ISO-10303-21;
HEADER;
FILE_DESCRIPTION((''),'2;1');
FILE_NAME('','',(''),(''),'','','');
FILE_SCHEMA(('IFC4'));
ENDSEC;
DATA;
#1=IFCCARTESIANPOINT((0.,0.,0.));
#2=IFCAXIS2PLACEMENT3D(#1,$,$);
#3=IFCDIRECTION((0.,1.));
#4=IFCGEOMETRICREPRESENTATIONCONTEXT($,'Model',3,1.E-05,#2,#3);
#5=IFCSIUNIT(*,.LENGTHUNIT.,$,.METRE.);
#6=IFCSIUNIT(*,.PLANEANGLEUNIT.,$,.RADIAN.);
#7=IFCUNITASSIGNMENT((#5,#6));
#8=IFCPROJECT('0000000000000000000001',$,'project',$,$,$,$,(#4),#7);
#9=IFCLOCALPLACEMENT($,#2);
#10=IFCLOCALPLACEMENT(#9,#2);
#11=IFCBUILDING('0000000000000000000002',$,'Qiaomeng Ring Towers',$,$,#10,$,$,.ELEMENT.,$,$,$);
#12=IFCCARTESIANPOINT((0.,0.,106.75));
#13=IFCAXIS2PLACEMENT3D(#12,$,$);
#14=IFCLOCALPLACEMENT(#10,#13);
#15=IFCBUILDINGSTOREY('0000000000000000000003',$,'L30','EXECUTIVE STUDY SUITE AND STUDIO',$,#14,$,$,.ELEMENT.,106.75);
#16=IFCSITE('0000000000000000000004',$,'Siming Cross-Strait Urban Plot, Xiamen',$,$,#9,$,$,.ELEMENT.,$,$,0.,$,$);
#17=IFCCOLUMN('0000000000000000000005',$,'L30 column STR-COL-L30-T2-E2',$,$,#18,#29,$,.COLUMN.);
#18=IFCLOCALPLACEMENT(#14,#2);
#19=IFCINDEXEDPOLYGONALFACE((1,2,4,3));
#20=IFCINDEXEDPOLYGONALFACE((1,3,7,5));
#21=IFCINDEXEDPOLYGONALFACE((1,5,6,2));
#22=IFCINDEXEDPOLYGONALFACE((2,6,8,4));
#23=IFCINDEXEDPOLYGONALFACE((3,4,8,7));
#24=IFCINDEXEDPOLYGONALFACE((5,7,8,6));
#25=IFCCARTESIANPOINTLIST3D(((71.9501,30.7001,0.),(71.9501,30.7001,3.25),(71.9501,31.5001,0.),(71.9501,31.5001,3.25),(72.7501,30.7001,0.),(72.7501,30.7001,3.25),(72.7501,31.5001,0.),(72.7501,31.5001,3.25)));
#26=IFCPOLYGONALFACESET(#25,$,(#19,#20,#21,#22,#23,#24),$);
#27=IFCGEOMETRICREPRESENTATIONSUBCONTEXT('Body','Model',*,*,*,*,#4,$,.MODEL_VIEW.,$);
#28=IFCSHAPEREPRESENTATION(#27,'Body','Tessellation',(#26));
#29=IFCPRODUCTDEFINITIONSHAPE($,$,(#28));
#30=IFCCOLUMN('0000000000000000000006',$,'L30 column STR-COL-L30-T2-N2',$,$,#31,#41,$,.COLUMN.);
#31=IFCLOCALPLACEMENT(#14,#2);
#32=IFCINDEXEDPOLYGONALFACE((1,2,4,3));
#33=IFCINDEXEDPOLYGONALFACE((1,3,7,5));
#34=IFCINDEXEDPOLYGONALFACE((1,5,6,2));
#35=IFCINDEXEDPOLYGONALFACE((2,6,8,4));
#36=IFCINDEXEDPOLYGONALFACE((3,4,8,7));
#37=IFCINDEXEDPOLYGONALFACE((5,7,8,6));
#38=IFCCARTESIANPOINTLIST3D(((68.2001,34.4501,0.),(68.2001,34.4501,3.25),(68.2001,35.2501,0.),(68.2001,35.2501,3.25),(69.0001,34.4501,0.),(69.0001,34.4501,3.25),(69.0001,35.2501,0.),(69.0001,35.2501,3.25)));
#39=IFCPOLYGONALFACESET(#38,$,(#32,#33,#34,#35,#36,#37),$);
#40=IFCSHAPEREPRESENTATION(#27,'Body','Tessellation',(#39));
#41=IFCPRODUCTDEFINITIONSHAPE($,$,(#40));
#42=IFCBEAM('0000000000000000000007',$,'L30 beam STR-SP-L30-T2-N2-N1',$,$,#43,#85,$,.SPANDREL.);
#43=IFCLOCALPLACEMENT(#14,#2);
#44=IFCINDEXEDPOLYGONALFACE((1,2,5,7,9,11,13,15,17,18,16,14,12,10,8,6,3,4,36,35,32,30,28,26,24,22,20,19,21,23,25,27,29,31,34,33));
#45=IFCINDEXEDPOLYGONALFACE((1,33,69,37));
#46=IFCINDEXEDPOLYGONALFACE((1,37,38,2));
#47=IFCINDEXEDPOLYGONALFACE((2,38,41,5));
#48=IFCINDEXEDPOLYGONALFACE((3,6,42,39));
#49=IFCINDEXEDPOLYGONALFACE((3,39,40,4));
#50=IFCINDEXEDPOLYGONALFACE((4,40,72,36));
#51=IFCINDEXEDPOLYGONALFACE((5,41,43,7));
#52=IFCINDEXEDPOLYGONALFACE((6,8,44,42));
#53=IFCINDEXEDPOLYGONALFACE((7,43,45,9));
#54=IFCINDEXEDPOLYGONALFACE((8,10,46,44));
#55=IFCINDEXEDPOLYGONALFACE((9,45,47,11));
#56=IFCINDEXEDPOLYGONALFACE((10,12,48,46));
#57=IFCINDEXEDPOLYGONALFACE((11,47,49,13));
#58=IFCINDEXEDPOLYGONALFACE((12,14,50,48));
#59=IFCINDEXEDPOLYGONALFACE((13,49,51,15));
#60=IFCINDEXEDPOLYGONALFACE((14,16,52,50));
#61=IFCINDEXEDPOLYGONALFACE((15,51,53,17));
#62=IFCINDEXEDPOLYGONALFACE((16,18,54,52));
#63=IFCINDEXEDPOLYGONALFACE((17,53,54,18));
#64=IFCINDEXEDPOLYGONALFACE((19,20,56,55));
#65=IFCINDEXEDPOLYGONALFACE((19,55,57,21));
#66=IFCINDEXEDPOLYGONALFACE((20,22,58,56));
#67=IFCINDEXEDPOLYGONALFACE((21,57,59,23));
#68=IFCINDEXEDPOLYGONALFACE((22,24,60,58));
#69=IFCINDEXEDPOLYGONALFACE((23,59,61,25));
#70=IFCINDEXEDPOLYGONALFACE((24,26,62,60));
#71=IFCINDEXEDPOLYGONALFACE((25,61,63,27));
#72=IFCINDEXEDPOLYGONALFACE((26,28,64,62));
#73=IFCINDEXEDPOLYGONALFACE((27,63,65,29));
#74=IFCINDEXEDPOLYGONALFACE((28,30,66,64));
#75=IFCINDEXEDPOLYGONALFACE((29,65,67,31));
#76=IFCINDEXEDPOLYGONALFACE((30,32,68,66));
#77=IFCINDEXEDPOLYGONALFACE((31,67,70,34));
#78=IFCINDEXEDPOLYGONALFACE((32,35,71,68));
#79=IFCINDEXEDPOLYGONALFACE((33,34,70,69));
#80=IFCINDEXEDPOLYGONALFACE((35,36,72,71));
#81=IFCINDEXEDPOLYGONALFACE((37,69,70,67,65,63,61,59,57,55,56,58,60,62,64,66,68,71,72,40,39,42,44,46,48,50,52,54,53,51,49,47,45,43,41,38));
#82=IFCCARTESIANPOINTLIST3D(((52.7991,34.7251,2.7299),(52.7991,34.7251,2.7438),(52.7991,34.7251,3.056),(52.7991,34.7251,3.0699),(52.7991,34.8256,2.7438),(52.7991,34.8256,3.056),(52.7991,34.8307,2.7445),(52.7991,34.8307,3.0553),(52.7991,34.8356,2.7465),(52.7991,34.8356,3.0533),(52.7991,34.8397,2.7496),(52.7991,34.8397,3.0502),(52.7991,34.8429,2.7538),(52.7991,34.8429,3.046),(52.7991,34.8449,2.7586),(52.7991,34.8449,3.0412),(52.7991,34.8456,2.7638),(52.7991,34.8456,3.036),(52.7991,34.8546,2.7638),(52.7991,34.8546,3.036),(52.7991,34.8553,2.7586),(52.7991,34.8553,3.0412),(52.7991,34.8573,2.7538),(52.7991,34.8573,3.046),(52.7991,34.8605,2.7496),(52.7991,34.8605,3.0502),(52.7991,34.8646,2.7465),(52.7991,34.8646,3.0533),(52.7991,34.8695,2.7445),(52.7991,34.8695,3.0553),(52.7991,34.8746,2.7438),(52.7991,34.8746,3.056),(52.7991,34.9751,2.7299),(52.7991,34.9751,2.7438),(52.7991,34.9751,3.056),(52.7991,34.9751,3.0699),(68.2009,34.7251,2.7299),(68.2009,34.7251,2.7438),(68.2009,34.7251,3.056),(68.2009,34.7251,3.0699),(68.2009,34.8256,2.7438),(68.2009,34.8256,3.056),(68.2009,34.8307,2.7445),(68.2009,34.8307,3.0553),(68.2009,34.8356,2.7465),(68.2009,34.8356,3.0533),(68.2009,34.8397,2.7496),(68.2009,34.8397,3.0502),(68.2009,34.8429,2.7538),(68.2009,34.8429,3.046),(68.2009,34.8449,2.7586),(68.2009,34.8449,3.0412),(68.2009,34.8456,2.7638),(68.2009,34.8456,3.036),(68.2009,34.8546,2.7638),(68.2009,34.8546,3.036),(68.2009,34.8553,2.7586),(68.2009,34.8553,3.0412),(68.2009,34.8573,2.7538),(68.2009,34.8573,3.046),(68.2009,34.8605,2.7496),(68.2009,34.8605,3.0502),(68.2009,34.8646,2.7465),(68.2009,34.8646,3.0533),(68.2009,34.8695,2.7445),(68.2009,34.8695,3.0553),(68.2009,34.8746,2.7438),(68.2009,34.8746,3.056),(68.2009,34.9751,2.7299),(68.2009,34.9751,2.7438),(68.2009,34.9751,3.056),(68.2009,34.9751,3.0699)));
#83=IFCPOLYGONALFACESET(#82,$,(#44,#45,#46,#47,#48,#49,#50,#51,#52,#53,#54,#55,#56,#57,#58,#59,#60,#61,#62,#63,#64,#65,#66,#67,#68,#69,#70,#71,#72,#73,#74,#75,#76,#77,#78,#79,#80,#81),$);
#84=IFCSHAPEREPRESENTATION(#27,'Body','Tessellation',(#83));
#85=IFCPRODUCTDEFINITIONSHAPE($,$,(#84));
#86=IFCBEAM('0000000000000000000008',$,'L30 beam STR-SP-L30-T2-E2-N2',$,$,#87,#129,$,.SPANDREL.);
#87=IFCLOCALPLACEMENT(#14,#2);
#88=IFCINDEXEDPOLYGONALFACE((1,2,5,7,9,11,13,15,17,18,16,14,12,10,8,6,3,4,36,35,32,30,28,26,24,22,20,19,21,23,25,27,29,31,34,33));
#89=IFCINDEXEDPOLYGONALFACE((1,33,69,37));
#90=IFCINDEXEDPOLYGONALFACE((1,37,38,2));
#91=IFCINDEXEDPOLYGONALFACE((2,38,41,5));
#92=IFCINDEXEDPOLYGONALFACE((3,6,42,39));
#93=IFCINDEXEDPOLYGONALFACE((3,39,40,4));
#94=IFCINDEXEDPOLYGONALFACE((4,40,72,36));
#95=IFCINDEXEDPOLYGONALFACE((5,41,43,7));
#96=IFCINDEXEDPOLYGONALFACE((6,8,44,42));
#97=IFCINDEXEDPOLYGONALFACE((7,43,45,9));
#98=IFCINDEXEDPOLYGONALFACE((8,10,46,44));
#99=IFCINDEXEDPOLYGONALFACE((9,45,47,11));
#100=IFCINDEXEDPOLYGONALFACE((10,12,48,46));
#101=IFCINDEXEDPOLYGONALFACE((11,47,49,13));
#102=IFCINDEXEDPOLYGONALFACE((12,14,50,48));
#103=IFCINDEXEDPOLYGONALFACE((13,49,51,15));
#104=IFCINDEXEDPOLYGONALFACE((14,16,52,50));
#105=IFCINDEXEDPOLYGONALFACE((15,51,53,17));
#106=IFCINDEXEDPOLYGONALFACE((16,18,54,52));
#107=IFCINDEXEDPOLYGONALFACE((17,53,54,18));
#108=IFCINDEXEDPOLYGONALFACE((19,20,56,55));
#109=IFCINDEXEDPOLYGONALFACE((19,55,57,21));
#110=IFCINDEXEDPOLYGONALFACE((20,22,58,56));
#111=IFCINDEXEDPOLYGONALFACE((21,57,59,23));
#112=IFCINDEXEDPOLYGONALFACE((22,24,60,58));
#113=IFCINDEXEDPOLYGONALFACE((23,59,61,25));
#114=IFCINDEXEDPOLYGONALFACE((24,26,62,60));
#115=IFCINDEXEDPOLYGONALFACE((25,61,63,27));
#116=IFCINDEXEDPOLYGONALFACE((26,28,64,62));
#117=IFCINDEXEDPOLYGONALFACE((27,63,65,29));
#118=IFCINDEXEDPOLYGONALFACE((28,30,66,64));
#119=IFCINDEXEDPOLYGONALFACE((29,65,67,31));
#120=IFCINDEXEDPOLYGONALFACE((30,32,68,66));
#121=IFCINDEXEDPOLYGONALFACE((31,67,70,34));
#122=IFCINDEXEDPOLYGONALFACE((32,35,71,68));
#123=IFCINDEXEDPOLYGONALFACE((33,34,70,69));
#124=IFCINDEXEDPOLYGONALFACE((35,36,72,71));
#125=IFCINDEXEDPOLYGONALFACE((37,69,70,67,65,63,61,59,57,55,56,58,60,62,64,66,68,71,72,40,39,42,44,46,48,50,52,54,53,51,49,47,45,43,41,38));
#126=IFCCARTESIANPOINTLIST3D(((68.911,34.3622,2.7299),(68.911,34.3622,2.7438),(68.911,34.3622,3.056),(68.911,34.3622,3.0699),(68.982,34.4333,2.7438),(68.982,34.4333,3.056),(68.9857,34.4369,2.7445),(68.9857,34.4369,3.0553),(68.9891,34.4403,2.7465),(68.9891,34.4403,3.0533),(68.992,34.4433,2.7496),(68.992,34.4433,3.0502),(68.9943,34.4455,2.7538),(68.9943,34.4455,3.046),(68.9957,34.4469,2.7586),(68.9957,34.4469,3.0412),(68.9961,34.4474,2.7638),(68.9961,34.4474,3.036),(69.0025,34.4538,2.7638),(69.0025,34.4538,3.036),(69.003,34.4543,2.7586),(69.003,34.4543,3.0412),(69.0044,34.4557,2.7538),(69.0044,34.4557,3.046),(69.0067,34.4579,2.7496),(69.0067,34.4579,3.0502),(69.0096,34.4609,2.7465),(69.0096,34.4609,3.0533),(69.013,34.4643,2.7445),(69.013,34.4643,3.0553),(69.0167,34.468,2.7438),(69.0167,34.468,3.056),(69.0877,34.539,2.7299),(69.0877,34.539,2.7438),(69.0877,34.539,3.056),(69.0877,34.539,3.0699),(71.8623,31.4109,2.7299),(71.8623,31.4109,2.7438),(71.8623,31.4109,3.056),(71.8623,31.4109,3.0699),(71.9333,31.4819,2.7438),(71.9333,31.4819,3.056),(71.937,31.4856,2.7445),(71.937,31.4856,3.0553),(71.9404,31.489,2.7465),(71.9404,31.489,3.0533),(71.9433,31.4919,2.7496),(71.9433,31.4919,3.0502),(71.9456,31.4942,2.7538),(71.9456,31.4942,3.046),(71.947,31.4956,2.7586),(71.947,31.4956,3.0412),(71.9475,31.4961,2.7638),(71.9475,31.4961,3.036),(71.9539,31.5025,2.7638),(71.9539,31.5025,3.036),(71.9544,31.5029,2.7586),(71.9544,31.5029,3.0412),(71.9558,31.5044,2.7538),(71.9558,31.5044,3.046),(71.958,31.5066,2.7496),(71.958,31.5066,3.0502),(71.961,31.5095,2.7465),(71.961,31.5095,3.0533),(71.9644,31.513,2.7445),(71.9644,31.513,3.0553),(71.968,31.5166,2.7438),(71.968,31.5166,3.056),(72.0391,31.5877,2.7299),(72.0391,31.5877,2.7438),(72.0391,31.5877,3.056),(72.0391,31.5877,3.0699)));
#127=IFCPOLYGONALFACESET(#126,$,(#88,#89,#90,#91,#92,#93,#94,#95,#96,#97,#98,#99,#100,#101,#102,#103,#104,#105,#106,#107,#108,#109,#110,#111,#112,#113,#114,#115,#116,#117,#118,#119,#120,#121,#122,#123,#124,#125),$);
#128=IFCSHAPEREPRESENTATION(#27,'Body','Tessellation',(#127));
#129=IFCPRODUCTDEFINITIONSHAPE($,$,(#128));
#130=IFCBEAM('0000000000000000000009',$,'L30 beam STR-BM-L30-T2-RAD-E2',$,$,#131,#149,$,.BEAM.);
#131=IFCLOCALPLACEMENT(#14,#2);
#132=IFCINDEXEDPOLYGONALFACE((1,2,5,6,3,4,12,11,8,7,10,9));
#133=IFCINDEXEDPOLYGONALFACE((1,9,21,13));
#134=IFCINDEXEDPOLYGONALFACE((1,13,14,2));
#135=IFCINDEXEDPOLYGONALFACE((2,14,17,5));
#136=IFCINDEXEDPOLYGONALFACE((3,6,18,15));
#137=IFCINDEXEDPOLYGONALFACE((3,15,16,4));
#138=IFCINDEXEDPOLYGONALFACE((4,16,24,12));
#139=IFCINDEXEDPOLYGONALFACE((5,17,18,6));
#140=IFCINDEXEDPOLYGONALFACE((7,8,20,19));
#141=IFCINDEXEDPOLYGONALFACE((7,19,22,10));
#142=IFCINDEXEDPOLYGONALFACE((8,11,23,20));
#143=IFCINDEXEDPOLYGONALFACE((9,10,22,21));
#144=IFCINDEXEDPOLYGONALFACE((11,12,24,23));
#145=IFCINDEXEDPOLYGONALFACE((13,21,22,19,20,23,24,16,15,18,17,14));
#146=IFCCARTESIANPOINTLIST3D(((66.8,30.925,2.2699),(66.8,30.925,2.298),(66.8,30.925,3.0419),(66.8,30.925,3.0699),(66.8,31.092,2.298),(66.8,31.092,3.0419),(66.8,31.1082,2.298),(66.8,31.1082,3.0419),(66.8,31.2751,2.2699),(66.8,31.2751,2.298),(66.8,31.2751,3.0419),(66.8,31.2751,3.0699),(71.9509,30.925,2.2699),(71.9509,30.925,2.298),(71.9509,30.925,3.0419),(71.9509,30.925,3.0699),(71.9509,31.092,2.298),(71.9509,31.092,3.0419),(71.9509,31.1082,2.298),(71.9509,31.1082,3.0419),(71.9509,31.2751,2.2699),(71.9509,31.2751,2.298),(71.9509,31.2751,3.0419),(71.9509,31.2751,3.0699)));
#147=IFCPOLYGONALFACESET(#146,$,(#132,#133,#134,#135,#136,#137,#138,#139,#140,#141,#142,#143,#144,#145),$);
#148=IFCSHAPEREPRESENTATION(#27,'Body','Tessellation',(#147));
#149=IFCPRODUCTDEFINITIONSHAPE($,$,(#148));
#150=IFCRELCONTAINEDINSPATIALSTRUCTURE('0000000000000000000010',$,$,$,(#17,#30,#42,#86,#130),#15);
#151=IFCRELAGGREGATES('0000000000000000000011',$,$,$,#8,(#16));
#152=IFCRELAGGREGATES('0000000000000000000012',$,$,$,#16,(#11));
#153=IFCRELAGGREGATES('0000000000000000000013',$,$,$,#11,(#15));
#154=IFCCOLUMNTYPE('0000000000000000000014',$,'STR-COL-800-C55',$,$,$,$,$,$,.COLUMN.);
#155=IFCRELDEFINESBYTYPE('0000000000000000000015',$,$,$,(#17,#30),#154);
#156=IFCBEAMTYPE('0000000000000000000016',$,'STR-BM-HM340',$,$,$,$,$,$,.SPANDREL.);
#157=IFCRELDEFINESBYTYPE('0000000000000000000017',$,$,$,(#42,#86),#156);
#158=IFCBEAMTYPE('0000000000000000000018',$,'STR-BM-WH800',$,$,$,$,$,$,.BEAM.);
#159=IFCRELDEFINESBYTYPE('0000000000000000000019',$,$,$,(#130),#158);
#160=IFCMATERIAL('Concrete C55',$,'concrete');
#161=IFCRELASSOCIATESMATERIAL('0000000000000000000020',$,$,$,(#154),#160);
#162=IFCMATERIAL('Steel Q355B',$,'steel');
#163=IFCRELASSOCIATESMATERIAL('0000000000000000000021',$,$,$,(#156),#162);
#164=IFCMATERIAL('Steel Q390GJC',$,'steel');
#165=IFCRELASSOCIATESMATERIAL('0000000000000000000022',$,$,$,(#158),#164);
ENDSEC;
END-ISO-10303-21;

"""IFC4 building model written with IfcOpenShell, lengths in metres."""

from ifc_helpers import new_model, si_unit, direction, frame, origin, origin_2d, place, context, subcontext, project, spatial, rectangle, i_section, extrude, source, transform, mapped, material, material_profile, profile_set, type_object, element, save


model = new_model("IFC4")

# Units and contexts
model_context = context("Model", 3, precision=1e-05, world=origin(), true_north=direction((0.0, 1.0)))
body_context = subcontext(model_context, "Body", "Model", "MODEL_VIEW")
ifc_project = project(units=[si_unit("LENGTHUNIT", "METRE"), si_unit("PLANEANGLEUNIT", "RADIAN")], contexts=[model_context])

# Site, building, storey
site_placement = place(None, origin())
site = spatial("IfcSite", under=ifc_project, at=site_placement, Name="Siming Cross-Strait Urban Plot, Xiamen", CompositionType="ELEMENT", RefElevation=0.0)
building_placement = place(site_placement, origin())
building = spatial("IfcBuilding", under=site, at=building_placement, Name="Qiaomeng Ring Towers", CompositionType="ELEMENT")
storey_placement = place(building_placement, frame((0.0, 0.0, 106.75)))
storey = spatial("IfcBuildingStorey", under=building, at=storey_placement, Name="L30", Description="EXECUTIVE STUDY SUITE AND STUDIO", CompositionType="ELEMENT", Elevation=106.75)

# Columns
ifc_material_1 = material(Name="Concrete C55", Category="concrete")
ifc_material_profile_1 = material_profile(ifc_material_1, rectangle(XDim=0.8, YDim=0.8, at=origin_2d()), Name="RC COL 800x800")
ifc_profile_set_1 = profile_set([ifc_material_profile_1], Name="Concrete C55")
column_type = type_object("IfcColumnType", Name="STR-COL-800-C55", PredefinedType="COLUMN", material=ifc_profile_set_1)
shared_shape_1 = source(origin(), body_context, "Body", "SweptSolid", [
    extrude(rectangle(XDim=0.8, YDim=0.8, at=origin_2d()), origin(), (0.0, 0.0, 1.0), 3.25),
])
for number, where, z_axis, x_axis, name in (
    (1, (72.3501, 31.1001, 0.0), (0.0, 0.0, 1.0), (1.0, 0.0, 0.0), "L30 column STR-COL-L30-T2-E2"),
    (2, (68.6001, 34.8501, 0.0), (0.0, 0.0, 1.0), (1.0, 0.0, 0.0), "L30 column STR-COL-L30-T2-N2"),
):
    element("IfcColumn", number, at=place(storey_placement, frame(where, z_axis=z_axis, x_axis=x_axis)), inside=storey, type_object=column_type, Name=name, PredefinedType="COLUMN", context=body_context, shape_type="MappedRepresentation", body=[
        mapped(shared_shape_1, transform((0.0, 0.0, 0.0), x_axis=(1.0, 0.0, 0.0), y_axis=(0.0, 1.0, 0.0), z_axis=(0.0, 0.0, 1.0), scale=1.0)),
    ])

# Beams
ifc_material_2 = material(Name="Steel Q355B", Category="steel")
ifc_material_profile_2 = material_profile(ifc_material_2, i_section(OverallWidth=0.25, OverallDepth=0.3401, WebThickness=0.009, FlangeThickness=0.0139, FilletRadius=0.02, at=origin_2d()), Name="HM 340x250x9x14")
ifc_profile_set_2 = profile_set([ifc_material_profile_2], Name="Steel Q355B")
beam_type_1 = type_object("IfcBeamType", Name="STR-BM-HM340", PredefinedType="SPANDREL", material=ifc_profile_set_2)
shared_shape_2 = source(origin(), body_context, "Body", "SweptSolid", [
    extrude(i_section(OverallWidth=0.25, OverallDepth=0.3401, WebThickness=0.009, FlangeThickness=0.0139, FilletRadius=0.02, at=origin_2d()), origin(), (0.0, 0.0, 1.0), 15.4019),
])
beam_1_placement = place(storey_placement, frame((68.2009, 34.8501, 2.8999), z_axis=(-1.0, 0.0, 0.0), x_axis=(0.0, -1.0, 0.0)))
element("IfcBeam", 3, at=beam_1_placement, inside=storey, type_object=beam_type_1, Name="L30 beam STR-SP-L30-T2-N2-N1", PredefinedType="SPANDREL", context=body_context, shape_type="MappedRepresentation", body=[
    mapped(shared_shape_2, transform((0.0, 0.0, 0.0), x_axis=(1.0, 0.0, 0.0), y_axis=(0.0, 1.0, 0.0), z_axis=(0.0, 0.0, 1.0), scale=1.0)),
])
shared_shape_3 = source(origin(), body_context, "Body", "SweptSolid", [
    extrude(i_section(OverallWidth=0.25, OverallDepth=0.3401, WebThickness=0.009, FlangeThickness=0.0139, FilletRadius=0.02, at=origin_2d()), origin(), (0.0, 0.0, 1.0), 4.1738),
])
beam_2_placement = place(storey_placement, frame((71.9507, 31.4993, 2.8999), z_axis=(-0.707107, 0.707107, 0.0), x_axis=(-0.707107, -0.707107, 0.0)))
element("IfcBeam", 4, at=beam_2_placement, inside=storey, type_object=beam_type_1, Name="L30 beam STR-SP-L30-T2-E2-N2", PredefinedType="SPANDREL", context=body_context, shape_type="MappedRepresentation", body=[
    mapped(shared_shape_3, transform((0.0, 0.0, 0.0), x_axis=(1.0, 0.0, 0.0), y_axis=(0.0, 1.0, 0.0), z_axis=(0.0, 0.0, 1.0), scale=1.0)),
])
ifc_material_3 = material(Name="Steel Q390GJC", Category="steel")
ifc_material_profile_3 = material_profile(ifc_material_3, i_section(OverallWidth=0.3501, OverallDepth=0.8, WebThickness=0.0161, FlangeThickness=0.0281, at=origin_2d()), Name="WH 800x350x16x28")
ifc_profile_set_3 = profile_set([ifc_material_profile_3], Name="Steel Q390GJC")
beam_type_2 = type_object("IfcBeamType", Name="STR-BM-WH800", PredefinedType="BEAM", material=ifc_profile_set_3)
shared_shape_4 = source(origin(), body_context, "Body", "SweptSolid", [
    extrude(i_section(OverallWidth=0.3501, OverallDepth=0.8, WebThickness=0.0161, FlangeThickness=0.0281, at=origin_2d()), origin(), (0.0, 0.0, 1.0), 5.1509),
])
beam_3_placement = place(storey_placement, frame((66.8, 31.1001, 2.6699), z_axis=(1.0, 0.0, 0.0), x_axis=(0.0, 1.0, 0.0)))
element("IfcBeam", 5, at=beam_3_placement, inside=storey, type_object=beam_type_2, Name="L30 beam STR-BM-L30-T2-RAD-E2", PredefinedType="BEAM", context=body_context, shape_type="MappedRepresentation", body=[
    mapped(shared_shape_4, transform((0.0, 0.0, 0.0), x_axis=(1.0, 0.0, 0.0), y_axis=(0.0, 1.0, 0.0), z_axis=(0.0, 0.0, 1.0), scale=1.0)),
])

save(model, "model.ifc")
